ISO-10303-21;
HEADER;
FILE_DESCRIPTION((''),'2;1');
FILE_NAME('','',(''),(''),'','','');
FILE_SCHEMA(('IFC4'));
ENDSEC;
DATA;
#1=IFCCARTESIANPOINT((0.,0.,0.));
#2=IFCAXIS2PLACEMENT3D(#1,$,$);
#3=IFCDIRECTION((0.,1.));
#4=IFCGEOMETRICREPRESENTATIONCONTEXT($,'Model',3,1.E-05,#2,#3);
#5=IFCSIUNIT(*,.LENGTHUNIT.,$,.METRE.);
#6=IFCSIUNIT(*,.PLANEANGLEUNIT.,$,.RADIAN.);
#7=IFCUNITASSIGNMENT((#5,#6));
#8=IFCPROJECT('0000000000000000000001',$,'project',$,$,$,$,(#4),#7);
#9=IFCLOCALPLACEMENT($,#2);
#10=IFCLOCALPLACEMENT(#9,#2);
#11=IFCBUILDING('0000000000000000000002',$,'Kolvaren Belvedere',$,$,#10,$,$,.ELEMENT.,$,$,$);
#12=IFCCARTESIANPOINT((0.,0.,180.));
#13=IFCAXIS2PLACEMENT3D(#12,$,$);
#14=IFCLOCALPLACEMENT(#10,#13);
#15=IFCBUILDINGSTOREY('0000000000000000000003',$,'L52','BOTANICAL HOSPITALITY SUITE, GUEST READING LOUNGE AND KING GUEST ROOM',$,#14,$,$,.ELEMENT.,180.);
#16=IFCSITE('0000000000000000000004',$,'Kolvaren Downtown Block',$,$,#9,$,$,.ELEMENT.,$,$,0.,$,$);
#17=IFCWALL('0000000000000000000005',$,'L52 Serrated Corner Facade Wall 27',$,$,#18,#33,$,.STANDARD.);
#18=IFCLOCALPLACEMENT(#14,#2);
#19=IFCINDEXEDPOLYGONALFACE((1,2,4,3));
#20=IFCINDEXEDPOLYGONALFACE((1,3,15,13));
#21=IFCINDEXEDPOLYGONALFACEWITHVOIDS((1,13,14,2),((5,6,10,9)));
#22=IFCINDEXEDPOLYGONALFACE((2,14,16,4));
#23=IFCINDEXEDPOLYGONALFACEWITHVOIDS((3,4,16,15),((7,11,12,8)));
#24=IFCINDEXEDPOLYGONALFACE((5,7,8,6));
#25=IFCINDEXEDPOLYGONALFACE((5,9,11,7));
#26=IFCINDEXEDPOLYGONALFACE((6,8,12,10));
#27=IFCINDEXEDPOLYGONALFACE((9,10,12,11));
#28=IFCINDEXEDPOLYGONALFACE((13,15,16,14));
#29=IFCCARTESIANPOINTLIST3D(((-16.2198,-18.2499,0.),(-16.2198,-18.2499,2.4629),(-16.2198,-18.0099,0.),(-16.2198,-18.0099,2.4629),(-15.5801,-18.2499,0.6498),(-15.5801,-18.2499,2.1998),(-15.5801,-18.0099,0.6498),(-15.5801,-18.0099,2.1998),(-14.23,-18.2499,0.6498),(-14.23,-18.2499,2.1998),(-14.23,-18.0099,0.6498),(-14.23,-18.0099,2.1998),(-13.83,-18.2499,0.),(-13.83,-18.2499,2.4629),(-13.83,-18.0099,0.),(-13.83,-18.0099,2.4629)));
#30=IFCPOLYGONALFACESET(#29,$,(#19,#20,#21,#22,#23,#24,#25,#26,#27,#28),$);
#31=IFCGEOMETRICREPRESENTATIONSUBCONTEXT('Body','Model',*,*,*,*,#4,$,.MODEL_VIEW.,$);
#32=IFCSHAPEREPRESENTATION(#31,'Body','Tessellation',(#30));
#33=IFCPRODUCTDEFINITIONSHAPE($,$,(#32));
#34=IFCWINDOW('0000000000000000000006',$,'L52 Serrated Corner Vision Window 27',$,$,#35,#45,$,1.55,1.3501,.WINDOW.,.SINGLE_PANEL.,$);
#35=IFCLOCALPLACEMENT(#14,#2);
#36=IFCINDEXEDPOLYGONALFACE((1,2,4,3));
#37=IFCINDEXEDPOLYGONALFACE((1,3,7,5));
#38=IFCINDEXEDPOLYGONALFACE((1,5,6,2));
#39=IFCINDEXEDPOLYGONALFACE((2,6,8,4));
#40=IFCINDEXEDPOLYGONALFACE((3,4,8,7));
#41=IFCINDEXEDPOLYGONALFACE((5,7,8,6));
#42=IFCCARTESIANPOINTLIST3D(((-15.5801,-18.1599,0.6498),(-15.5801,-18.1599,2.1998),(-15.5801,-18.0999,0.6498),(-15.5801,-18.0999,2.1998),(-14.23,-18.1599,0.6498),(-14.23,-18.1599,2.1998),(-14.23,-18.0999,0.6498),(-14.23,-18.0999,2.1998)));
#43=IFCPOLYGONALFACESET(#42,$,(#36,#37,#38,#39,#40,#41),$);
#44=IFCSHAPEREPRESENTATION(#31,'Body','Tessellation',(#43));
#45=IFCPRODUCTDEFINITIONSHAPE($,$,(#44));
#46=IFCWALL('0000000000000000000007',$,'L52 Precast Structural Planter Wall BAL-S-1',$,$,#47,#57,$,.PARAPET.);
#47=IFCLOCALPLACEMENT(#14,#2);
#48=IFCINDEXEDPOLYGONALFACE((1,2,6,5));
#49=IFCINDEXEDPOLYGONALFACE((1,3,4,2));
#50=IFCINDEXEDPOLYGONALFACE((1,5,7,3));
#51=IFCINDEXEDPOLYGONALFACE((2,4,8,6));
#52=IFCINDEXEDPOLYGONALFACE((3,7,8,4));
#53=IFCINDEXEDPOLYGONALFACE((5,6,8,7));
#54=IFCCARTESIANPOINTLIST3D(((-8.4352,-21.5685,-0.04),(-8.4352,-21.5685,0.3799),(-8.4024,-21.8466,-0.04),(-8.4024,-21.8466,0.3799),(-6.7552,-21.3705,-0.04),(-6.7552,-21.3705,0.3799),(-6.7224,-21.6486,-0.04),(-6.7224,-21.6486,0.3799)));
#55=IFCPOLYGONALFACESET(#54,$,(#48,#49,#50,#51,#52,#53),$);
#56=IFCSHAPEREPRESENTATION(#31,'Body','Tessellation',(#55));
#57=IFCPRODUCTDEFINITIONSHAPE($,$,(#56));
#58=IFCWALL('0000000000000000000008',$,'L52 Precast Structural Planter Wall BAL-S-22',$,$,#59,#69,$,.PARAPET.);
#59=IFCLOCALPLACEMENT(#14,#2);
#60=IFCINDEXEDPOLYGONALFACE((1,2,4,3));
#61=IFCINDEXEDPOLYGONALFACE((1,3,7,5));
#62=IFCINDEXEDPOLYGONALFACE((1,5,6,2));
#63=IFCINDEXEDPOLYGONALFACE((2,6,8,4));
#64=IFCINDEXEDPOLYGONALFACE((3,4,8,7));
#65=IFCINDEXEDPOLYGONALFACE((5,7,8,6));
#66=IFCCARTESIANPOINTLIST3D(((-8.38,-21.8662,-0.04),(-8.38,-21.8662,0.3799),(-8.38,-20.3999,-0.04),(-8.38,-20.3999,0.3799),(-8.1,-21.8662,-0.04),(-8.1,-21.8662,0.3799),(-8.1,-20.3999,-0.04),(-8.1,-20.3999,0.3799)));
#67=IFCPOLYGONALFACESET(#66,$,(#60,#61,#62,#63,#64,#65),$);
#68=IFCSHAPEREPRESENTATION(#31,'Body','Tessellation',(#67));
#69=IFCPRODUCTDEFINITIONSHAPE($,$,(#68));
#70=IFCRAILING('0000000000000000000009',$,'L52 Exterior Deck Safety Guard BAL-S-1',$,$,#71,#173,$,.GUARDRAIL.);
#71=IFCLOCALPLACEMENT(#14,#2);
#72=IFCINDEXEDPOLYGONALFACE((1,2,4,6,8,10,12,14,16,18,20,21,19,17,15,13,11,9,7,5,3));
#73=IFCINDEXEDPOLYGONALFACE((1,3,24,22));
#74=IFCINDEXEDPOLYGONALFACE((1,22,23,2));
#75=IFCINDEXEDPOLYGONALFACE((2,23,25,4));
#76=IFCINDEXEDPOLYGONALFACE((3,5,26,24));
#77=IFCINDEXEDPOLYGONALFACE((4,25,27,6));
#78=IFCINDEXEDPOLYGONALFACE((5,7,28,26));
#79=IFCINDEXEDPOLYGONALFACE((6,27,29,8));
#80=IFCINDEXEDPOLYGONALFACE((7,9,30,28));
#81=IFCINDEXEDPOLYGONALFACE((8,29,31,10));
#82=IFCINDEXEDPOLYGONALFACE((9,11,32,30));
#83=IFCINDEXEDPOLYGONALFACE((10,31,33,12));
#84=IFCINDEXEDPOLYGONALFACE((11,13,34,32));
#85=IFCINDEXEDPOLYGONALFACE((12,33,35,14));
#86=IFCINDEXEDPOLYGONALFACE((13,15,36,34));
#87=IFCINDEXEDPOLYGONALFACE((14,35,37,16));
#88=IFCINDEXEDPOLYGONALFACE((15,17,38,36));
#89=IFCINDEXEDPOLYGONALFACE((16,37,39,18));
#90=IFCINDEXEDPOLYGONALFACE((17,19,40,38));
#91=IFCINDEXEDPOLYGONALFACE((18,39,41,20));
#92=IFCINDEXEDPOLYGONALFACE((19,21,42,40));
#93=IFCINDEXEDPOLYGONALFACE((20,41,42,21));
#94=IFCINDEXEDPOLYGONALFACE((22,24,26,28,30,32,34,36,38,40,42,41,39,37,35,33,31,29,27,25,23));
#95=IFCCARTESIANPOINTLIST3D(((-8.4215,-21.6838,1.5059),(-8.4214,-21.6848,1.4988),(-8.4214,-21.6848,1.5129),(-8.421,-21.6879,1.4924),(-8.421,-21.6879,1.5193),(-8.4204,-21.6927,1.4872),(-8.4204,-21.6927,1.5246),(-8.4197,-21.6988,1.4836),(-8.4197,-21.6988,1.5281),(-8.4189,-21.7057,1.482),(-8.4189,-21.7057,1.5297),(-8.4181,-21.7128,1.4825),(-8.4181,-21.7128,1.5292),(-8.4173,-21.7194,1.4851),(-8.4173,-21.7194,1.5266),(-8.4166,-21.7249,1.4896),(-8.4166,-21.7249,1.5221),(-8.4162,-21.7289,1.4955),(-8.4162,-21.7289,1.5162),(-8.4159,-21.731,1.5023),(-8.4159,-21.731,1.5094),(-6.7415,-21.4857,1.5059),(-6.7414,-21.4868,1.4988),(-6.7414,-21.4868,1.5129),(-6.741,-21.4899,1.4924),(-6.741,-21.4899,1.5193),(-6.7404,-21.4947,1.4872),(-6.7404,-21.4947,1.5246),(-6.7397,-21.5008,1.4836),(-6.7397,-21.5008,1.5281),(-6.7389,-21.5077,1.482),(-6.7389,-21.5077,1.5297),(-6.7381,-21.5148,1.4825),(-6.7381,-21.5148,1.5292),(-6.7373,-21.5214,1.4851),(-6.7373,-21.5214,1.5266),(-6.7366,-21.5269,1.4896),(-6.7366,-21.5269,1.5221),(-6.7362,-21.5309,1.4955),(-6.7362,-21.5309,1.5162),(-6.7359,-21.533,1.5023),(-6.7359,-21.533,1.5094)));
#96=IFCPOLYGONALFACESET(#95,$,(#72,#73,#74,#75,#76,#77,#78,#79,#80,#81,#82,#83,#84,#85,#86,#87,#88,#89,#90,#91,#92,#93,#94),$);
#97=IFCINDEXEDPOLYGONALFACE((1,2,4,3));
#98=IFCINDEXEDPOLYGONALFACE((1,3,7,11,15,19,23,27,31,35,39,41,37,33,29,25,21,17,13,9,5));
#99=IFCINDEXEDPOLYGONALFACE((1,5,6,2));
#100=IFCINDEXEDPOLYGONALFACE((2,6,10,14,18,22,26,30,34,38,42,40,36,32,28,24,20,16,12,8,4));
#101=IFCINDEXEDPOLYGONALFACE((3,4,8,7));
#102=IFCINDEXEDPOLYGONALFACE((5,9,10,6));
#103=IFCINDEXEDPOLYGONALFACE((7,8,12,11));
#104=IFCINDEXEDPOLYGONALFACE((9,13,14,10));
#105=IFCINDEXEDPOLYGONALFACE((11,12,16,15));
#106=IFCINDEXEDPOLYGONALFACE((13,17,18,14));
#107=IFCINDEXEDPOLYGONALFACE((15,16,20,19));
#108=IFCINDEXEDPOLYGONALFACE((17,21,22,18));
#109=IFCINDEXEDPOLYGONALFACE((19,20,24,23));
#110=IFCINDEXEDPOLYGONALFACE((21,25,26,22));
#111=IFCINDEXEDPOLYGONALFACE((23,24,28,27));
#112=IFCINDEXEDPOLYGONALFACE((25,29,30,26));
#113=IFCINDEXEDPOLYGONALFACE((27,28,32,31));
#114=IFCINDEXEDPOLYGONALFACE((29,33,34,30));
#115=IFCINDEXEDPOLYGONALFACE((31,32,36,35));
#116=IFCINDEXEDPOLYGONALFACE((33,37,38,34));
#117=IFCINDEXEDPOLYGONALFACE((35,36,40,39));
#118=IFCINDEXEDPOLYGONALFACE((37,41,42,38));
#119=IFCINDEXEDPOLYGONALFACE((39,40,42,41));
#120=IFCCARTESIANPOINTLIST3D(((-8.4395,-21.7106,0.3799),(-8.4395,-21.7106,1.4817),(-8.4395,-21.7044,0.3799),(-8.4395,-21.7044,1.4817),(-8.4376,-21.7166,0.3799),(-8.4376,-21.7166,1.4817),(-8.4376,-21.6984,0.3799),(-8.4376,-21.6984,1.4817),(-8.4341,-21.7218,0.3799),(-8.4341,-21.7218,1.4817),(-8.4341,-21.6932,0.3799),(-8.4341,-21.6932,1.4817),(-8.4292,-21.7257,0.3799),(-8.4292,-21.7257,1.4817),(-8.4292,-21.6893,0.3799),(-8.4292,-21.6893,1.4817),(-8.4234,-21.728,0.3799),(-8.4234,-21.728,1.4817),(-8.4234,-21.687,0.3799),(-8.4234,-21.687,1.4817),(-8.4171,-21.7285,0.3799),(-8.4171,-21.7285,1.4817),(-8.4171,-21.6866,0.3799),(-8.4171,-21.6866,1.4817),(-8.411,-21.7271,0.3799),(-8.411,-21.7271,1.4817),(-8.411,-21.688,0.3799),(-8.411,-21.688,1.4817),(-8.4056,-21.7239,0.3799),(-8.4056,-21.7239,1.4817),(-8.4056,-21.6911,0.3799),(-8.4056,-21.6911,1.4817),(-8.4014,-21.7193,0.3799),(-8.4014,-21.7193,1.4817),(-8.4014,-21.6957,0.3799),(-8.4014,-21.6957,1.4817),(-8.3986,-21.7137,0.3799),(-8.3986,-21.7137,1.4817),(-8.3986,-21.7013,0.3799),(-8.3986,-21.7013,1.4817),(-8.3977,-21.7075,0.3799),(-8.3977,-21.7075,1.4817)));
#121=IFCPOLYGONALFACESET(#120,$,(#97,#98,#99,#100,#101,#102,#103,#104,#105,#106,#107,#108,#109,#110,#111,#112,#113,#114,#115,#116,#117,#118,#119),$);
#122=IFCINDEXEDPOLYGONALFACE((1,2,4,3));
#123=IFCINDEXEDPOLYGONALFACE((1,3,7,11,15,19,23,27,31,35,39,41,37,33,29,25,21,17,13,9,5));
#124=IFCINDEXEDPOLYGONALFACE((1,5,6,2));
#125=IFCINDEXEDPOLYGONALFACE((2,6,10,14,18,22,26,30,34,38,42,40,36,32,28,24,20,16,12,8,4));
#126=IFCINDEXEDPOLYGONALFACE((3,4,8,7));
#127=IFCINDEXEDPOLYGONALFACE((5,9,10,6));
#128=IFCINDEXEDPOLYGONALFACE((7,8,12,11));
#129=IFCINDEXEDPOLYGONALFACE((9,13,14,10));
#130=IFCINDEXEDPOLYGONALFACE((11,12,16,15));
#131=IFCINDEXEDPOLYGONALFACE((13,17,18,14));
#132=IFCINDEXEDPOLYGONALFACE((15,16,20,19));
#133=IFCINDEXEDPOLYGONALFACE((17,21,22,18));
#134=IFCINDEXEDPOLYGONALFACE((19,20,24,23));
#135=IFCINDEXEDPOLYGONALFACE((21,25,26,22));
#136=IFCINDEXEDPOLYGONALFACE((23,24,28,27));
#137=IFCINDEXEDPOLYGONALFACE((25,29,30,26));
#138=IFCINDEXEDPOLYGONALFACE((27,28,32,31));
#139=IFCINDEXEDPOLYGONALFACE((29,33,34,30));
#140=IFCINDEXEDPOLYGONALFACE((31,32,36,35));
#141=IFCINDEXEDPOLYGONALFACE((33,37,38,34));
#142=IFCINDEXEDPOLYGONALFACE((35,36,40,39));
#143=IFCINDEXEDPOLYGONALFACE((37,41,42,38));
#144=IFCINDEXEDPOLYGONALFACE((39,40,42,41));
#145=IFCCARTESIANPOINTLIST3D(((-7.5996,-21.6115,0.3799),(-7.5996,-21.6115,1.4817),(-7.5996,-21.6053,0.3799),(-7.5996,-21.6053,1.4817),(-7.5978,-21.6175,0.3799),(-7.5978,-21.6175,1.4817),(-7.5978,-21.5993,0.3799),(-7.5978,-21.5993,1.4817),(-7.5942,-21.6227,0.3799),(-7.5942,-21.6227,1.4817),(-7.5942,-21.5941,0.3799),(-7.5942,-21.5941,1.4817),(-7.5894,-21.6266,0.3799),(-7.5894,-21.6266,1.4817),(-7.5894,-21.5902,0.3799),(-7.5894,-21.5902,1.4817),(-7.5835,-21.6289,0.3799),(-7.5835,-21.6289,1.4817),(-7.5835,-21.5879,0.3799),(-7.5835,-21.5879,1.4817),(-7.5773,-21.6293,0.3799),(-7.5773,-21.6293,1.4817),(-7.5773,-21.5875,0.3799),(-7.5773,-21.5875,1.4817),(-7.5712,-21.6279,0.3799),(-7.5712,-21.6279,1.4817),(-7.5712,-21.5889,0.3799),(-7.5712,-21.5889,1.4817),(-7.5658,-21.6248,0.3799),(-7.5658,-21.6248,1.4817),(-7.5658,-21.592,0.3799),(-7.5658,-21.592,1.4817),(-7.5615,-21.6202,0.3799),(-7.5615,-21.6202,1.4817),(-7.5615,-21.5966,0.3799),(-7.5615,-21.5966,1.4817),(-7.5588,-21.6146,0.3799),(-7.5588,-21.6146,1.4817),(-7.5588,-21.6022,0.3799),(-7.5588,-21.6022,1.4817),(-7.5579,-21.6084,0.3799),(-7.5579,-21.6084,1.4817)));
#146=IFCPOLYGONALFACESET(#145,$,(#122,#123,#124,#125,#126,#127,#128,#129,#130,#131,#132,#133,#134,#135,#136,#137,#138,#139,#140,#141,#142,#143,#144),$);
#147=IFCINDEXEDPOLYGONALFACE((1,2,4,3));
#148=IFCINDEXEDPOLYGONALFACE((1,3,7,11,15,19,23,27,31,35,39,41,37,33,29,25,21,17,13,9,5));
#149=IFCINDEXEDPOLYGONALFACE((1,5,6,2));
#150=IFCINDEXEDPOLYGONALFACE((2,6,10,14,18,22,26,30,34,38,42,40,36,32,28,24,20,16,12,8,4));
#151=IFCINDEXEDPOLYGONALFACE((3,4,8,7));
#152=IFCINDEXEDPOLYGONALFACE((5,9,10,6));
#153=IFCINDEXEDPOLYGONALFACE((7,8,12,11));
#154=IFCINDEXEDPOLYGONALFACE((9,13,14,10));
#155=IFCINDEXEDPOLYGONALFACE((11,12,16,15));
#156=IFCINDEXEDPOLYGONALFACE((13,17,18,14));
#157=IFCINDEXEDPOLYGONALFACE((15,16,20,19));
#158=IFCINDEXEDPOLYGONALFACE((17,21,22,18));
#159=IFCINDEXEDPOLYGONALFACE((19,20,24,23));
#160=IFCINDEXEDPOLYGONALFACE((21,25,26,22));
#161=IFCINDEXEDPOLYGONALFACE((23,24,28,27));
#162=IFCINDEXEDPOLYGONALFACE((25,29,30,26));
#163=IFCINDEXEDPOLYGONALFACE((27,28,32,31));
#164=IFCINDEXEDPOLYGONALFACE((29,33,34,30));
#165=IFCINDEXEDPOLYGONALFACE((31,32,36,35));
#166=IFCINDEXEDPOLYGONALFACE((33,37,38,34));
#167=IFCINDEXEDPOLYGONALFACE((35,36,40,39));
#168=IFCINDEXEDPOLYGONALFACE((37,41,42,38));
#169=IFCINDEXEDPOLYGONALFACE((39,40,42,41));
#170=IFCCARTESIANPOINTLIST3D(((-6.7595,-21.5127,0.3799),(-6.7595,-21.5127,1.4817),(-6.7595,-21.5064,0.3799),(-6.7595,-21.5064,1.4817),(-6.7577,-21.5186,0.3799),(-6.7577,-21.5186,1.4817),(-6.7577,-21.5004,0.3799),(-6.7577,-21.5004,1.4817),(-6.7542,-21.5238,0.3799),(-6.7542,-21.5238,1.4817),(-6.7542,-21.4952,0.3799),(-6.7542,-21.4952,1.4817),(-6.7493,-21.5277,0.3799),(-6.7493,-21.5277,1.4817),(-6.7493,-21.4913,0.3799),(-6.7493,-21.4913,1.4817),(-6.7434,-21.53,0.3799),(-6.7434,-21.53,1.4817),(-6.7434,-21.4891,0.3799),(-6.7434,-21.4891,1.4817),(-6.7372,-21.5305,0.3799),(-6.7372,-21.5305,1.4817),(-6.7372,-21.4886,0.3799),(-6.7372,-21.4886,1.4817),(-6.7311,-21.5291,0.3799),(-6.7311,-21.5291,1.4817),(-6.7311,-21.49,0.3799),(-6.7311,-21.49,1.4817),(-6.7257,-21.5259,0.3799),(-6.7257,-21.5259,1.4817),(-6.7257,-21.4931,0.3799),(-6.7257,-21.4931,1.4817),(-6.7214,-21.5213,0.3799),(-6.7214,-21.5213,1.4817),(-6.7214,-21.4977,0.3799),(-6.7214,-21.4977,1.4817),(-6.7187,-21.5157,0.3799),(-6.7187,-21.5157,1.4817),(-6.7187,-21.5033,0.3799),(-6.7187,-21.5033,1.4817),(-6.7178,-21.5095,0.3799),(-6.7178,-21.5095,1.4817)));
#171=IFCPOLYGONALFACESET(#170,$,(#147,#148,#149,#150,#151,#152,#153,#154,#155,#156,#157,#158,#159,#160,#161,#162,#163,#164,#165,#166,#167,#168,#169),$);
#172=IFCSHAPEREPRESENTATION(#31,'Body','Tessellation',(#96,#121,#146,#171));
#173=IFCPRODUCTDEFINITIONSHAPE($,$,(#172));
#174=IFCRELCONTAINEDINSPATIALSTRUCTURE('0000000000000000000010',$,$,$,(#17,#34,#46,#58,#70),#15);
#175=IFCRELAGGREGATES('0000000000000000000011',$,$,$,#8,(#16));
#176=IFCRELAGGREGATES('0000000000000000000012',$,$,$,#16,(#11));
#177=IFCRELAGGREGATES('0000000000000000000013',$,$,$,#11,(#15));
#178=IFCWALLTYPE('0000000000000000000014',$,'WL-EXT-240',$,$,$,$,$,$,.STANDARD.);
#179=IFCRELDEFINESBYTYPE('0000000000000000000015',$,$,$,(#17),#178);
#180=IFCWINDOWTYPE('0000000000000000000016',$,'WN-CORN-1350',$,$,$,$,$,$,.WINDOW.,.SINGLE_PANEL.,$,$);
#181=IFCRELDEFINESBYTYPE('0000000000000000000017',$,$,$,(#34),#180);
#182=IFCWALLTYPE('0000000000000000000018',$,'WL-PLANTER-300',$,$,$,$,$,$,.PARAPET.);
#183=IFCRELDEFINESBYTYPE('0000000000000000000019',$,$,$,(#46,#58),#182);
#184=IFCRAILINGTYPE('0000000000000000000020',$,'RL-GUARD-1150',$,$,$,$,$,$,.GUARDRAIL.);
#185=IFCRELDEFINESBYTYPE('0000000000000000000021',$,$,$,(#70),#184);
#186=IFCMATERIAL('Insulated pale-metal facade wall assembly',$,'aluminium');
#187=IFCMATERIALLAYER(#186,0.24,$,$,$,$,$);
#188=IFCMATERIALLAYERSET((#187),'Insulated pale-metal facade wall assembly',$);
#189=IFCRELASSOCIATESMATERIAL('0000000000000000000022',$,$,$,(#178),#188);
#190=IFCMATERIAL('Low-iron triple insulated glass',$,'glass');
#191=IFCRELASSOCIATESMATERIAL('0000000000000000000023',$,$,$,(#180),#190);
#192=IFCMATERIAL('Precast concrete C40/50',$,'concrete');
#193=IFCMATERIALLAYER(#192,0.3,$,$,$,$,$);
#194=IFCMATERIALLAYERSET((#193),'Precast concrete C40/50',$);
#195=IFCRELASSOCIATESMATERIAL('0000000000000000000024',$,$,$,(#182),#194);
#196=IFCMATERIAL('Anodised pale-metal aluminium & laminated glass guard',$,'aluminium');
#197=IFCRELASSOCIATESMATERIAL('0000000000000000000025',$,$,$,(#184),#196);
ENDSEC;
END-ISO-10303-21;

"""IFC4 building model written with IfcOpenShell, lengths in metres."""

from ifc_helpers import new_model, si_unit, direction, frame, frame_2d, origin, origin_2d, place, context, subcontext, project, spatial, rectangle, circle, extrude, material, layer, layer_set, type_object, element, fill, save


model = new_model("IFC4")

# Units and contexts
model_context = context("Model", 3, precision=1e-05, world=origin(), true_north=direction((0.0, 1.0)))
body_context = subcontext(model_context, "Body", "Model", "MODEL_VIEW")
ifc_project = project(units=[si_unit("LENGTHUNIT", "METRE"), si_unit("PLANEANGLEUNIT", "RADIAN")], contexts=[model_context])

# Site, building, storey
site_placement = place(None, origin())
site = spatial("IfcSite", under=ifc_project, at=site_placement, Name="Kolvaren Downtown Block", CompositionType="ELEMENT", RefElevation=0.0)
building_placement = place(site_placement, origin())
building = spatial("IfcBuilding", under=site, at=building_placement, Name="Kolvaren Belvedere", CompositionType="ELEMENT")
storey_placement = place(building_placement, frame((0.0, 0.0, 180.0)))
storey = spatial("IfcBuildingStorey", under=building, at=storey_placement, Name="L52", Description="BOTANICAL HOSPITALITY SUITE, GUEST READING LOUNGE AND KING GUEST ROOM", CompositionType="ELEMENT", Elevation=180.0)

# Wall, opening, window
ifc_material_1 = material(Name="Insulated pale-metal facade wall assembly", Category="aluminium")
ifc_layer_1 = layer(ifc_material_1, 0.24)
ifc_layer_set_1 = layer_set([ifc_layer_1], Name="Insulated pale-metal facade wall assembly")
wall_type_1 = type_object("IfcWallType", Name="WL-EXT-240", PredefinedType="STANDARD", material=ifc_layer_set_1)
wall_1_placement = place(storey_placement, frame((-13.8301, -18.1299, 0.0), z_axis=(0.0, 0.0, 1.0), x_axis=(-1.0, 0.0, 0.0)))
wall_1 = element("IfcWall", 1, at=wall_1_placement, inside=storey, type_object=wall_type_1, Name="L52 Serrated Corner Facade Wall 27", PredefinedType="STANDARD", context=body_context, shape_type="SweptSolid", body=[
    extrude(rectangle(XDim=2.3899, YDim=0.24, at=frame_2d((1.1948, 0.0))), origin(), (0.0, 0.0, 1.0), 2.4629),
])
opening_1_placement = place(wall_1_placement, frame((0.3999, 0.0, 0.6499)))
opening_1 = element("IfcOpeningElement", 2, at=opening_1_placement, cuts=wall_1, PredefinedType="OPENING", context=body_context, shape_type="SweptSolid", body=[
    extrude(rectangle(XDim=1.3501, YDim=1.55, at=frame_2d((0.675, 0.7749))), frame((0.0, 0.1299, 0.0), z_axis=(0.0, -1.0, 0.0), x_axis=(1.0, 0.0, 0.0)), (0.0, 0.0, 1.0), 0.26),
])
ifc_material_2 = material(Name="Low-iron triple insulated glass", Category="glass")
window_type = type_object("IfcWindowType", Name="WN-CORN-1350", PartitioningType="SINGLE_PANEL", PredefinedType="WINDOW", material=ifc_material_2)
window_placement = place(opening_1_placement, origin())
window = element("IfcWindow", 3, at=window_placement, inside=storey, type_object=window_type, Name="L52 Serrated Corner Vision Window 27", OverallHeight=1.55, OverallWidth=1.3501, PartitioningType="SINGLE_PANEL", PredefinedType="WINDOW", context=body_context, shape_type="SweptSolid", body=[
    extrude(rectangle(XDim=1.3501, YDim=1.55, at=frame_2d((0.675, 0.7749))), frame((0.0, 0.03, 0.0), z_axis=(0.0, -1.0, 0.0), x_axis=(1.0, 0.0, 0.0)), (0.0, 0.0, 1.0), 0.0601),
])
fill(opening_1, window)

# Walls
ifc_material_3 = material(Name="Precast concrete C40/50", Category="concrete")
ifc_layer_2 = layer(ifc_material_3, 0.3)
ifc_layer_set_2 = layer_set([ifc_layer_2], Name="Precast concrete C40/50")
wall_type_2 = type_object("IfcWallType", Name="WL-PLANTER-300", PredefinedType="PARAPET", material=ifc_layer_set_2)
wall_2_placement = place(storey_placement, frame((-8.4187, -21.7075, -0.04), z_axis=(0.0, 0.0, 1.0), x_axis=(0.993126, 0.117051, 0.0)))
element("IfcWall", 4, at=wall_2_placement, inside=storey, type_object=wall_type_2, Name="L52 Precast Structural Planter Wall BAL-S-1", PredefinedType="PARAPET", context=body_context, shape_type="SweptSolid", body=[
    extrude(rectangle(XDim=1.6917, YDim=0.28, at=frame_2d((0.8457, 0.0))), origin(), (0.0, 0.0, 1.0), 0.4199),
])
wall_3_placement = place(storey_placement, frame((-8.24, -20.3999, -0.04), z_axis=(0.0, 0.0, 1.0), x_axis=(0.0, -1.0, 0.0)))
element("IfcWall", 5, at=wall_3_placement, inside=storey, type_object=wall_type_2, Name="L52 Precast Structural Planter Wall BAL-S-22", PredefinedType="PARAPET", context=body_context, shape_type="SweptSolid", body=[
    extrude(rectangle(XDim=1.4663, YDim=0.28, at=frame_2d((0.7332, 0.0))), origin(), (0.0, 0.0, 1.0), 0.4199),
])

# Railing
ifc_material_4 = material(Name="Anodised pale-metal aluminium & laminated glass guard", Category="aluminium")
railing_type = type_object("IfcRailingType", Name="RL-GUARD-1150", PredefinedType="GUARDRAIL", material=ifc_material_4)
railing_1_placement = place(storey_placement, frame((-8.4187, -21.7075, 0.3799)))
element("IfcRailing", 6, at=railing_1_placement, inside=storey, type_object=railing_type, Name="L52 Exterior Deck Safety Guard BAL-S-1", PredefinedType="GUARDRAIL", context=body_context, shape_type="SweptSolid", body=[
    extrude(circle(Radius=0.0239, at=origin_2d()), frame((0.0, 0.0, 1.126), z_axis=(0.993126, 0.117051, 0.0), x_axis=(-0.117051, 0.993126, 0.0)), (0.0, 0.0, 1.0), 1.6917),
    extrude(circle(Radius=0.021, at=origin_2d()), origin(), (0.0, 0.0, 1.0), 1.1018),
    extrude(circle(Radius=0.021, at=origin_2d()), frame((0.8398, 0.0991, 0.0)), (0.0, 0.0, 1.0), 1.1018),
    extrude(circle(Radius=0.021, at=origin_2d()), frame((1.6799, 0.198, 0.0)), (0.0, 0.0, 1.0), 1.1018),
])

save(model, "model.ifc")
